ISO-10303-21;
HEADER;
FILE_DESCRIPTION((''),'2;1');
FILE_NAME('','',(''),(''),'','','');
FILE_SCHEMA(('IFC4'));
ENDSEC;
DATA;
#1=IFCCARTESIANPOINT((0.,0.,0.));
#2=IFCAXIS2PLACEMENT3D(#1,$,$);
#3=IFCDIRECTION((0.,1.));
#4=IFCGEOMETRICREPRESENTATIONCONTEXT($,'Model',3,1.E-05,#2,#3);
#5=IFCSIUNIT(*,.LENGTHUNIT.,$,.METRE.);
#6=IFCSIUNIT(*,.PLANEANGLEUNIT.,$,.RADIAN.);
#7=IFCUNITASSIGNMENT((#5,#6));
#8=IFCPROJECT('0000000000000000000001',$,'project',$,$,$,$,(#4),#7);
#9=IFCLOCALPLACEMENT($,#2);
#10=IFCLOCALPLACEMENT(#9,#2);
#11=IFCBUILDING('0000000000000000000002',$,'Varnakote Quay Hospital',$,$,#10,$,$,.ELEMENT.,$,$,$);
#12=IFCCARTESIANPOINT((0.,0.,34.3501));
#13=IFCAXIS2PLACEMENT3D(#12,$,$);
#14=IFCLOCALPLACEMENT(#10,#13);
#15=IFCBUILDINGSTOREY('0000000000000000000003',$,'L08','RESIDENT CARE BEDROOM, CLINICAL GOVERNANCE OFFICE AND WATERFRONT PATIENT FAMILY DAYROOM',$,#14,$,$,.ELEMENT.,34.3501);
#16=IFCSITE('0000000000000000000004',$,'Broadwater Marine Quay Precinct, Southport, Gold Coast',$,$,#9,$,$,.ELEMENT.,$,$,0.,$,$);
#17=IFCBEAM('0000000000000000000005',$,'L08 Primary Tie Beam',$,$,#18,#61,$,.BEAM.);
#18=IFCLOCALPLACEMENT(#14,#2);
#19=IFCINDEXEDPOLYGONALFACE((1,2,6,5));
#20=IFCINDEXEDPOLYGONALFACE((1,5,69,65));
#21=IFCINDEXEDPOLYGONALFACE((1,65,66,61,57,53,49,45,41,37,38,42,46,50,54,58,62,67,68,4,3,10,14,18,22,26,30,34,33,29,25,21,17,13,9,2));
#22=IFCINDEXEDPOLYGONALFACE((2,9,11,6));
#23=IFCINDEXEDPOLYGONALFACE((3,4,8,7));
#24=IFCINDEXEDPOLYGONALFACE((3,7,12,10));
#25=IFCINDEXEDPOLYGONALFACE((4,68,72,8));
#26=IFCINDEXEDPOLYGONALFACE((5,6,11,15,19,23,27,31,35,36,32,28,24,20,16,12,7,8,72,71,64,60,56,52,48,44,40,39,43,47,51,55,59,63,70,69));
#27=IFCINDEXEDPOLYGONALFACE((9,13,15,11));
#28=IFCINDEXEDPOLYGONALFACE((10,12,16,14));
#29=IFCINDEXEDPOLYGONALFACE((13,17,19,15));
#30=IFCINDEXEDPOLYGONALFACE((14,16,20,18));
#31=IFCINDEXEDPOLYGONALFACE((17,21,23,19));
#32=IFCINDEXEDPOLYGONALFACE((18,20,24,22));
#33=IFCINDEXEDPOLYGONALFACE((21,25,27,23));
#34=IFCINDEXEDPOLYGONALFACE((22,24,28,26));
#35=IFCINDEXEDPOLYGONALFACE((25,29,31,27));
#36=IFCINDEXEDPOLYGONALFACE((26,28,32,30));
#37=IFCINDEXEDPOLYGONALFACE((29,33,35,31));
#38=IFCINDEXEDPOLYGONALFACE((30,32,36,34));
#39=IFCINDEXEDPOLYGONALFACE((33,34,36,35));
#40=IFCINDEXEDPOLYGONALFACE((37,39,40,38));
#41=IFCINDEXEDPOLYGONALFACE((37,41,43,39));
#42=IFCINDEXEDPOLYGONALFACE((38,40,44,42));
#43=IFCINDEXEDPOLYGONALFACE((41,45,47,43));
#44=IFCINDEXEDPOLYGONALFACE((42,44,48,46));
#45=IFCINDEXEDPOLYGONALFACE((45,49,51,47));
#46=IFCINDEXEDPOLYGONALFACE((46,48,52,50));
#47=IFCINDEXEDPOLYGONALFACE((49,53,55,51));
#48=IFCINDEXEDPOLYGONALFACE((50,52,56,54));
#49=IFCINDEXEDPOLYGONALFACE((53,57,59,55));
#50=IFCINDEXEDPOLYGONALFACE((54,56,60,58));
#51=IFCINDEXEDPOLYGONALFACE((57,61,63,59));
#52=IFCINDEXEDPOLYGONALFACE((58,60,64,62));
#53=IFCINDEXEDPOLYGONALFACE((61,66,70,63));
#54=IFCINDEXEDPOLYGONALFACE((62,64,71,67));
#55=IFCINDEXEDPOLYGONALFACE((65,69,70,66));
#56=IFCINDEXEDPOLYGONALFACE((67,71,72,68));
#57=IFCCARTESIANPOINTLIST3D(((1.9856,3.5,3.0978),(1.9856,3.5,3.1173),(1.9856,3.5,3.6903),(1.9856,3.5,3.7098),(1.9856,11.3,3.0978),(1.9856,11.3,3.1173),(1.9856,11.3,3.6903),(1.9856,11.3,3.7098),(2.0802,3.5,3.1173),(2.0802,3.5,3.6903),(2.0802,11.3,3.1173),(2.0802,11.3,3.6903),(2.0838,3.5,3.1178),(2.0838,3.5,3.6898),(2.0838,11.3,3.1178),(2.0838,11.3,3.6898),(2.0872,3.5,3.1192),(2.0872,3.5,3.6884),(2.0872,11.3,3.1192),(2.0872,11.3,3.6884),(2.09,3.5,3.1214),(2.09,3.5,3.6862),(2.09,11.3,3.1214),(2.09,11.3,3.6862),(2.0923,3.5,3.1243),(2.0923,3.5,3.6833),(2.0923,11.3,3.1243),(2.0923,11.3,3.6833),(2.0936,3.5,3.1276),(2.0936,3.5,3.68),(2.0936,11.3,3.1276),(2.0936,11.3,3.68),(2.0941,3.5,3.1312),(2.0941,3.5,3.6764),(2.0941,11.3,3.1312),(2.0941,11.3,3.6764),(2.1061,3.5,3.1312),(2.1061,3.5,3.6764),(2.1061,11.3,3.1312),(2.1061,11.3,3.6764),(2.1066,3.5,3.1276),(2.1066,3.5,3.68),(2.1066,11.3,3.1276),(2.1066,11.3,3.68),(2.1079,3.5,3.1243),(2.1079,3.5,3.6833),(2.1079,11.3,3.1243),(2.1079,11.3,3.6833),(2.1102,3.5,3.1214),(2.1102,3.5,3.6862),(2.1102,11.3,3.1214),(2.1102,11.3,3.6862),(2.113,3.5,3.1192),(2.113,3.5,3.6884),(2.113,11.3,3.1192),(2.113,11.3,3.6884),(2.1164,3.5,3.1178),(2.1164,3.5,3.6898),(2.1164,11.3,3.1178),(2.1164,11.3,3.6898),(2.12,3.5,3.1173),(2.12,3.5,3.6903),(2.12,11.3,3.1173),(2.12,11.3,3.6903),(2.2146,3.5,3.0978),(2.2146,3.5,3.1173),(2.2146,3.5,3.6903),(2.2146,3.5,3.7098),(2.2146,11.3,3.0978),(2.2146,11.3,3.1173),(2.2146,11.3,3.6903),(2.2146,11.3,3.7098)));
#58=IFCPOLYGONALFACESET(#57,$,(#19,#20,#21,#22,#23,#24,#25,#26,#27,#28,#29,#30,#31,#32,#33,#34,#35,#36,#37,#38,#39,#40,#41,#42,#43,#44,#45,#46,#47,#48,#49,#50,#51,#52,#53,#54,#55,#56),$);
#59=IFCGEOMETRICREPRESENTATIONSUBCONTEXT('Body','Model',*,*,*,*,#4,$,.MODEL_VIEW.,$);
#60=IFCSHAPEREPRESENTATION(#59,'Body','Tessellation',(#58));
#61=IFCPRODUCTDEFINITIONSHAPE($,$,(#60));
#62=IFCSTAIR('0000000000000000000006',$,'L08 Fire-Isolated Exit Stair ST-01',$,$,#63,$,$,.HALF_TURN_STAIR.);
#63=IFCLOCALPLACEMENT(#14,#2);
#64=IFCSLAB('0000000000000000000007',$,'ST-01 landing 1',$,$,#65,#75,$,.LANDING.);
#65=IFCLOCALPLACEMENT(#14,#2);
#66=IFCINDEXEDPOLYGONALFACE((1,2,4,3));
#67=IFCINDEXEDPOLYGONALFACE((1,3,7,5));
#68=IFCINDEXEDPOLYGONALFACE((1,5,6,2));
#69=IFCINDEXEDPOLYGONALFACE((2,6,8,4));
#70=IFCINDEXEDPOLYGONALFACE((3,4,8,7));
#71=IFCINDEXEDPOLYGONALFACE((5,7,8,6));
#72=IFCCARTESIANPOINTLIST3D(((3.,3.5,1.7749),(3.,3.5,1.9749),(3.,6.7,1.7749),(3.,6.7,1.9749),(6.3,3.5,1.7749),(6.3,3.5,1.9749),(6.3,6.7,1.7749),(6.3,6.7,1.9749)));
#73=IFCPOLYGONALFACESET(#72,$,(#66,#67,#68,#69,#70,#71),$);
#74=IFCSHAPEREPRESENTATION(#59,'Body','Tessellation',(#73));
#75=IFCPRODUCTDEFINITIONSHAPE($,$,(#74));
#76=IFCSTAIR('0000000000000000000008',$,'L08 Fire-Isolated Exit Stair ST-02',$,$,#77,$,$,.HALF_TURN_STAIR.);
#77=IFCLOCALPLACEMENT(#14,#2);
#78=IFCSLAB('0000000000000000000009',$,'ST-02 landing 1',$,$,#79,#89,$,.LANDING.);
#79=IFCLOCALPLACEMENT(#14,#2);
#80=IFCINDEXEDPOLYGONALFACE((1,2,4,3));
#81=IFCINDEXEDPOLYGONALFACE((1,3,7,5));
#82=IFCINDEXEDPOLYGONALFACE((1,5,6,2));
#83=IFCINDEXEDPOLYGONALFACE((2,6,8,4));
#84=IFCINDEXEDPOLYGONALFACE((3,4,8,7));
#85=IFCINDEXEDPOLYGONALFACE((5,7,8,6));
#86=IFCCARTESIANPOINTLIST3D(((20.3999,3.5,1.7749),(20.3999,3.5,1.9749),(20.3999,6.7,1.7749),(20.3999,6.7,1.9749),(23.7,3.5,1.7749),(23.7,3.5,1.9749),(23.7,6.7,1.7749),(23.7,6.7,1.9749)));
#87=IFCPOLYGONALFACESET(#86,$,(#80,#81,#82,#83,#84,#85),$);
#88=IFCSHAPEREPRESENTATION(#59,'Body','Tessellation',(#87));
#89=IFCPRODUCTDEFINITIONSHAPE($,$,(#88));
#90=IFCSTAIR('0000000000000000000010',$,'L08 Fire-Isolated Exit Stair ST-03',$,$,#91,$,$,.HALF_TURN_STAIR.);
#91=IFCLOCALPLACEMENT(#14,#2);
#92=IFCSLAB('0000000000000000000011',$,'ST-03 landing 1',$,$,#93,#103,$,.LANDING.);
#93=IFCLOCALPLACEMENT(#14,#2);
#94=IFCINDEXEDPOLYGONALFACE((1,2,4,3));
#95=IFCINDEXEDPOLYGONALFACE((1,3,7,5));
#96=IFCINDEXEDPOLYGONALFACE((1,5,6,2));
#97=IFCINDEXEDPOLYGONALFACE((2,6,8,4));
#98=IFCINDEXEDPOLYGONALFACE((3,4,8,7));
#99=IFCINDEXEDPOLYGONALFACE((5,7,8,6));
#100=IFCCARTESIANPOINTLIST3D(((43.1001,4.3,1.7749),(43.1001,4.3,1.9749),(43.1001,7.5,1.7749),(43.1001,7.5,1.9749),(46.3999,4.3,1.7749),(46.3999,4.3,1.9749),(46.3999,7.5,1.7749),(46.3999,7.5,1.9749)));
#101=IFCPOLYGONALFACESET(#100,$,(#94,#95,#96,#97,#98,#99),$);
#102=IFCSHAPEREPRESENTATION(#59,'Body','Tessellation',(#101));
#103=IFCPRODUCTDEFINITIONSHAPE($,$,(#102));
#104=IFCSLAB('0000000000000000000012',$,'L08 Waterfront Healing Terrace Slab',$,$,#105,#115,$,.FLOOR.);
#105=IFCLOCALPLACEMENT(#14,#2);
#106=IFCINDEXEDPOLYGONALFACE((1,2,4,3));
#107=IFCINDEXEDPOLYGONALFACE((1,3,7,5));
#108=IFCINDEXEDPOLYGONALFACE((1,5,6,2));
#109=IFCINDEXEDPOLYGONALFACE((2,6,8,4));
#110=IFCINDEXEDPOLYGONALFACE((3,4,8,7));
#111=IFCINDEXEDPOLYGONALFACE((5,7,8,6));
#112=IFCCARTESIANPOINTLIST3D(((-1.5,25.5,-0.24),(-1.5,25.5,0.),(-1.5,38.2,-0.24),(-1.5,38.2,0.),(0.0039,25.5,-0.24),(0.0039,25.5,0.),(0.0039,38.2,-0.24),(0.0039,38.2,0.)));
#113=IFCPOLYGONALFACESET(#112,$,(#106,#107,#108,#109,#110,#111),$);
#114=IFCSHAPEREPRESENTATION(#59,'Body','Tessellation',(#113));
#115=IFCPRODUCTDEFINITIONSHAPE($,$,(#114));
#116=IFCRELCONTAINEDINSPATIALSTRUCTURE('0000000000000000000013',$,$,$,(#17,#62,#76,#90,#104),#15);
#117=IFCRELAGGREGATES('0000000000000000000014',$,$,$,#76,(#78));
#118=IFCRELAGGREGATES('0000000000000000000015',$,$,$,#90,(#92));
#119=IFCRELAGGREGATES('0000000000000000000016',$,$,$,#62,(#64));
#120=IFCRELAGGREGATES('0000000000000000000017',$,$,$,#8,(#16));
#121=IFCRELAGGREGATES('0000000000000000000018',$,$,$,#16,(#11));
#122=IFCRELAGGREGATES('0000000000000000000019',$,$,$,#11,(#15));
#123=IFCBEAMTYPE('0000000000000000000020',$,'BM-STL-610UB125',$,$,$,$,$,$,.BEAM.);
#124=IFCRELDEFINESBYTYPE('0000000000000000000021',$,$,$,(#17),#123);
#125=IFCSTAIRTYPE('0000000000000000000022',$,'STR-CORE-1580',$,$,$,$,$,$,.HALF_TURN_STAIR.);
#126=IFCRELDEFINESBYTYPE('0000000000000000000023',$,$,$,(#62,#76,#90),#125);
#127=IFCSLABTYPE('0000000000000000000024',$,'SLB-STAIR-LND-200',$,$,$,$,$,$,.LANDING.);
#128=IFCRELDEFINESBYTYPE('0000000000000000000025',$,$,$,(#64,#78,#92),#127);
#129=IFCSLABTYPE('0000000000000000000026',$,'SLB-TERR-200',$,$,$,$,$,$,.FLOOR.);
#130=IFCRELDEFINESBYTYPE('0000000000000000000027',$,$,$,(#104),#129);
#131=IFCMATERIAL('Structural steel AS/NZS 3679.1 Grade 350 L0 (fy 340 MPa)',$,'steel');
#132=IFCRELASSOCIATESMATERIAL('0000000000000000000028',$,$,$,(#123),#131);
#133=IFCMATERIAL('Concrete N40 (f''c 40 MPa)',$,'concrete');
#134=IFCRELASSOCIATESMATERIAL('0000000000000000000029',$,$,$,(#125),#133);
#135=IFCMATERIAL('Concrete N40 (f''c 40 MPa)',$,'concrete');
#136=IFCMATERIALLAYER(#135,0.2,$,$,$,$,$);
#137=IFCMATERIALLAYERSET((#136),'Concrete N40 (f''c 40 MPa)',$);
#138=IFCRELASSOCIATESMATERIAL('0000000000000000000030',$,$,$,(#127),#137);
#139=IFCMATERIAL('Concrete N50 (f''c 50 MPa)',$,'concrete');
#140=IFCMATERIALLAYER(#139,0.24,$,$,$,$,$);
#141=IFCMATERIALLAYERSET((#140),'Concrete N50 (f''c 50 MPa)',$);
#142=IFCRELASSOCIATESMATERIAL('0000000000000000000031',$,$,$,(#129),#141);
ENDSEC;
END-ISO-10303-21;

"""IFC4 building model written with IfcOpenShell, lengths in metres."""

from ifc_helpers import new_model, si_unit, direction, frame, origin, origin_2d, place, context, subcontext, project, spatial, polyline, i_section, outline, extrude, material, layer, layer_set, material_profile, profile_set, type_object, element, aggregate, save


model = new_model("IFC4")

# Units and contexts
model_context = context("Model", 3, precision=1e-05, world=origin(), true_north=direction((0.0, 1.0)))
body_context = subcontext(model_context, "Body", "Model", "MODEL_VIEW")
ifc_project = project(units=[si_unit("LENGTHUNIT", "METRE"), si_unit("PLANEANGLEUNIT", "RADIAN")], contexts=[model_context])

# Site, building, storey
site_placement = place(None, origin())
site = spatial("IfcSite", under=ifc_project, at=site_placement, Name="Broadwater Marine Quay Precinct, Southport, Gold Coast", CompositionType="ELEMENT", RefElevation=0.0)
building_placement = place(site_placement, origin())
building = spatial("IfcBuilding", under=site, at=building_placement, Name="Varnakote Quay Hospital", CompositionType="ELEMENT")
storey_placement = place(building_placement, frame((0.0, 0.0, 34.3501)))
storey = spatial("IfcBuildingStorey", under=building, at=storey_placement, Name="L08", Description="RESIDENT CARE BEDROOM, CLINICAL GOVERNANCE OFFICE AND WATERFRONT PATIENT FAMILY DAYROOM", CompositionType="ELEMENT", Elevation=34.3501)

# Beam
ifc_material_1 = material(Name="Structural steel AS/NZS 3679.1 Grade 350 L0 (fy 340 MPa)", Category="steel")
ifc_material_profile_1 = material_profile(ifc_material_1, i_section(OverallWidth=0.229, OverallDepth=0.6121, WebThickness=0.012, FlangeThickness=0.0195, FilletRadius=0.0139, at=origin_2d()), Name="610UB125")
ifc_profile_set_1 = profile_set([ifc_material_profile_1], Name="Structural steel AS/NZS 3679.1 Grade 350 L0 (fy 340 MPa)")
beam_type_1 = type_object("IfcBeamType", Name="BM-STL-610UB125", PredefinedType="BEAM", material=ifc_profile_set_1)
beam_1_placement = place(storey_placement, frame((2.1001, 3.5, 3.4038), z_axis=(0.0, 1.0, 0.0), x_axis=(-1.0, 0.0, 0.0)))
element("IfcBeam", 1, at=beam_1_placement, inside=storey, type_object=beam_type_1, Name="L08 Primary Tie Beam", PredefinedType="BEAM", context=body_context, shape_type="SweptSolid", body=[
    extrude(i_section(OverallWidth=0.229, OverallDepth=0.6121, WebThickness=0.012, FlangeThickness=0.0195, FilletRadius=0.0139, at=origin_2d()), origin(), (0.0, 0.0, 1.0), 7.8),
])

# Stairs, slabs
ifc_material_2 = material(Name="Concrete N40 (f'c 40 MPa)", Category="concrete")
stair_type = type_object("IfcStairType", Name="STR-CORE-1580", PredefinedType="HALF_TURN_STAIR", material=ifc_material_2)
stair_1_placement = place(storey_placement, origin())
stair_1 = element("IfcStair", 2, at=stair_1_placement, inside=storey, type_object=stair_type, Name="L08 Fire-Isolated Exit Stair ST-01", PredefinedType="HALF_TURN_STAIR")
ifc_material_3 = material(Name="Concrete N40 (f'c 40 MPa)", Category="concrete")
ifc_layer_1 = layer(ifc_material_3, 0.2)
ifc_layer_set_1 = layer_set([ifc_layer_1], Name="Concrete N40 (f'c 40 MPa)")
slab_type_1 = type_object("IfcSlabType", Name="SLB-STAIR-LND-200", PredefinedType="LANDING", material=ifc_layer_set_1)
slab_1_placement = place(storey_placement, frame((0.0, 0.0, 1.7749)))
slab_1 = element("IfcSlab", 3, at=slab_1_placement, type_object=slab_type_1, Name="ST-01 landing 1", PredefinedType="LANDING", context=body_context, shape_type="SweptSolid", body=[
    extrude(outline(polyline([(3.0, 6.7), (3.0, 3.5), (6.3, 3.5), (6.3, 6.7), (3.0, 6.7)])), origin(), (0.0, 0.0, 1.0), 0.2),
])
stair_2_placement = place(storey_placement, origin())
stair_2 = element("IfcStair", 4, at=stair_2_placement, inside=storey, type_object=stair_type, Name="L08 Fire-Isolated Exit Stair ST-02", PredefinedType="HALF_TURN_STAIR")
slab_2_placement = place(storey_placement, frame((0.0, 0.0, 1.7749)))
slab_2 = element("IfcSlab", 5, at=slab_2_placement, type_object=slab_type_1, Name="ST-02 landing 1", PredefinedType="LANDING", context=body_context, shape_type="SweptSolid", body=[
    extrude(outline(polyline([(20.3999, 6.7), (20.3999, 3.5), (23.7, 3.5), (23.7, 6.7), (20.3999, 6.7)])), origin(), (0.0, 0.0, 1.0), 0.2),
])
aggregate(stair_2, [slab_2])
stair_3_placement = place(storey_placement, origin())
stair_3 = element("IfcStair", 6, at=stair_3_placement, inside=storey, type_object=stair_type, Name="L08 Fire-Isolated Exit Stair ST-03", PredefinedType="HALF_TURN_STAIR")
slab_3_placement = place(storey_placement, frame((0.0, 0.0, 1.7749)))
slab_3 = element("IfcSlab", 7, at=slab_3_placement, type_object=slab_type_1, Name="ST-03 landing 1", PredefinedType="LANDING", context=body_context, shape_type="SweptSolid", body=[
    extrude(outline(polyline([(43.1001, 7.5), (43.1001, 4.3), (46.3999, 4.3), (46.3999, 7.5), (43.1001, 7.5)])), origin(), (0.0, 0.0, 1.0), 0.2),
])
aggregate(stair_3, [slab_3])

# Slab
ifc_material_4 = material(Name="Concrete N50 (f'c 50 MPa)", Category="concrete")
ifc_layer_2 = layer(ifc_material_4, 0.24)
ifc_layer_set_2 = layer_set([ifc_layer_2], Name="Concrete N50 (f'c 50 MPa)")
slab_type_2 = type_object("IfcSlabType", Name="SLB-TERR-200", PredefinedType="FLOOR", material=ifc_layer_set_2)
slab_4_placement = place(storey_placement, frame((0.0, 0.0, -0.24)))
element("IfcSlab", 8, at=slab_4_placement, inside=storey, type_object=slab_type_2, Name="L08 Waterfront Healing Terrace Slab", PredefinedType="FLOOR", context=body_context, shape_type="SweptSolid", body=[
    extrude(outline(polyline([(0.0039, 25.5), (0.0039, 38.2), (-1.5, 38.2), (-1.5, 25.5), (0.0039, 25.5)])), origin(), (0.0, 0.0, 1.0), 0.24),
])

aggregate(stair_1, [slab_1])

save(model, "model.ifc")
